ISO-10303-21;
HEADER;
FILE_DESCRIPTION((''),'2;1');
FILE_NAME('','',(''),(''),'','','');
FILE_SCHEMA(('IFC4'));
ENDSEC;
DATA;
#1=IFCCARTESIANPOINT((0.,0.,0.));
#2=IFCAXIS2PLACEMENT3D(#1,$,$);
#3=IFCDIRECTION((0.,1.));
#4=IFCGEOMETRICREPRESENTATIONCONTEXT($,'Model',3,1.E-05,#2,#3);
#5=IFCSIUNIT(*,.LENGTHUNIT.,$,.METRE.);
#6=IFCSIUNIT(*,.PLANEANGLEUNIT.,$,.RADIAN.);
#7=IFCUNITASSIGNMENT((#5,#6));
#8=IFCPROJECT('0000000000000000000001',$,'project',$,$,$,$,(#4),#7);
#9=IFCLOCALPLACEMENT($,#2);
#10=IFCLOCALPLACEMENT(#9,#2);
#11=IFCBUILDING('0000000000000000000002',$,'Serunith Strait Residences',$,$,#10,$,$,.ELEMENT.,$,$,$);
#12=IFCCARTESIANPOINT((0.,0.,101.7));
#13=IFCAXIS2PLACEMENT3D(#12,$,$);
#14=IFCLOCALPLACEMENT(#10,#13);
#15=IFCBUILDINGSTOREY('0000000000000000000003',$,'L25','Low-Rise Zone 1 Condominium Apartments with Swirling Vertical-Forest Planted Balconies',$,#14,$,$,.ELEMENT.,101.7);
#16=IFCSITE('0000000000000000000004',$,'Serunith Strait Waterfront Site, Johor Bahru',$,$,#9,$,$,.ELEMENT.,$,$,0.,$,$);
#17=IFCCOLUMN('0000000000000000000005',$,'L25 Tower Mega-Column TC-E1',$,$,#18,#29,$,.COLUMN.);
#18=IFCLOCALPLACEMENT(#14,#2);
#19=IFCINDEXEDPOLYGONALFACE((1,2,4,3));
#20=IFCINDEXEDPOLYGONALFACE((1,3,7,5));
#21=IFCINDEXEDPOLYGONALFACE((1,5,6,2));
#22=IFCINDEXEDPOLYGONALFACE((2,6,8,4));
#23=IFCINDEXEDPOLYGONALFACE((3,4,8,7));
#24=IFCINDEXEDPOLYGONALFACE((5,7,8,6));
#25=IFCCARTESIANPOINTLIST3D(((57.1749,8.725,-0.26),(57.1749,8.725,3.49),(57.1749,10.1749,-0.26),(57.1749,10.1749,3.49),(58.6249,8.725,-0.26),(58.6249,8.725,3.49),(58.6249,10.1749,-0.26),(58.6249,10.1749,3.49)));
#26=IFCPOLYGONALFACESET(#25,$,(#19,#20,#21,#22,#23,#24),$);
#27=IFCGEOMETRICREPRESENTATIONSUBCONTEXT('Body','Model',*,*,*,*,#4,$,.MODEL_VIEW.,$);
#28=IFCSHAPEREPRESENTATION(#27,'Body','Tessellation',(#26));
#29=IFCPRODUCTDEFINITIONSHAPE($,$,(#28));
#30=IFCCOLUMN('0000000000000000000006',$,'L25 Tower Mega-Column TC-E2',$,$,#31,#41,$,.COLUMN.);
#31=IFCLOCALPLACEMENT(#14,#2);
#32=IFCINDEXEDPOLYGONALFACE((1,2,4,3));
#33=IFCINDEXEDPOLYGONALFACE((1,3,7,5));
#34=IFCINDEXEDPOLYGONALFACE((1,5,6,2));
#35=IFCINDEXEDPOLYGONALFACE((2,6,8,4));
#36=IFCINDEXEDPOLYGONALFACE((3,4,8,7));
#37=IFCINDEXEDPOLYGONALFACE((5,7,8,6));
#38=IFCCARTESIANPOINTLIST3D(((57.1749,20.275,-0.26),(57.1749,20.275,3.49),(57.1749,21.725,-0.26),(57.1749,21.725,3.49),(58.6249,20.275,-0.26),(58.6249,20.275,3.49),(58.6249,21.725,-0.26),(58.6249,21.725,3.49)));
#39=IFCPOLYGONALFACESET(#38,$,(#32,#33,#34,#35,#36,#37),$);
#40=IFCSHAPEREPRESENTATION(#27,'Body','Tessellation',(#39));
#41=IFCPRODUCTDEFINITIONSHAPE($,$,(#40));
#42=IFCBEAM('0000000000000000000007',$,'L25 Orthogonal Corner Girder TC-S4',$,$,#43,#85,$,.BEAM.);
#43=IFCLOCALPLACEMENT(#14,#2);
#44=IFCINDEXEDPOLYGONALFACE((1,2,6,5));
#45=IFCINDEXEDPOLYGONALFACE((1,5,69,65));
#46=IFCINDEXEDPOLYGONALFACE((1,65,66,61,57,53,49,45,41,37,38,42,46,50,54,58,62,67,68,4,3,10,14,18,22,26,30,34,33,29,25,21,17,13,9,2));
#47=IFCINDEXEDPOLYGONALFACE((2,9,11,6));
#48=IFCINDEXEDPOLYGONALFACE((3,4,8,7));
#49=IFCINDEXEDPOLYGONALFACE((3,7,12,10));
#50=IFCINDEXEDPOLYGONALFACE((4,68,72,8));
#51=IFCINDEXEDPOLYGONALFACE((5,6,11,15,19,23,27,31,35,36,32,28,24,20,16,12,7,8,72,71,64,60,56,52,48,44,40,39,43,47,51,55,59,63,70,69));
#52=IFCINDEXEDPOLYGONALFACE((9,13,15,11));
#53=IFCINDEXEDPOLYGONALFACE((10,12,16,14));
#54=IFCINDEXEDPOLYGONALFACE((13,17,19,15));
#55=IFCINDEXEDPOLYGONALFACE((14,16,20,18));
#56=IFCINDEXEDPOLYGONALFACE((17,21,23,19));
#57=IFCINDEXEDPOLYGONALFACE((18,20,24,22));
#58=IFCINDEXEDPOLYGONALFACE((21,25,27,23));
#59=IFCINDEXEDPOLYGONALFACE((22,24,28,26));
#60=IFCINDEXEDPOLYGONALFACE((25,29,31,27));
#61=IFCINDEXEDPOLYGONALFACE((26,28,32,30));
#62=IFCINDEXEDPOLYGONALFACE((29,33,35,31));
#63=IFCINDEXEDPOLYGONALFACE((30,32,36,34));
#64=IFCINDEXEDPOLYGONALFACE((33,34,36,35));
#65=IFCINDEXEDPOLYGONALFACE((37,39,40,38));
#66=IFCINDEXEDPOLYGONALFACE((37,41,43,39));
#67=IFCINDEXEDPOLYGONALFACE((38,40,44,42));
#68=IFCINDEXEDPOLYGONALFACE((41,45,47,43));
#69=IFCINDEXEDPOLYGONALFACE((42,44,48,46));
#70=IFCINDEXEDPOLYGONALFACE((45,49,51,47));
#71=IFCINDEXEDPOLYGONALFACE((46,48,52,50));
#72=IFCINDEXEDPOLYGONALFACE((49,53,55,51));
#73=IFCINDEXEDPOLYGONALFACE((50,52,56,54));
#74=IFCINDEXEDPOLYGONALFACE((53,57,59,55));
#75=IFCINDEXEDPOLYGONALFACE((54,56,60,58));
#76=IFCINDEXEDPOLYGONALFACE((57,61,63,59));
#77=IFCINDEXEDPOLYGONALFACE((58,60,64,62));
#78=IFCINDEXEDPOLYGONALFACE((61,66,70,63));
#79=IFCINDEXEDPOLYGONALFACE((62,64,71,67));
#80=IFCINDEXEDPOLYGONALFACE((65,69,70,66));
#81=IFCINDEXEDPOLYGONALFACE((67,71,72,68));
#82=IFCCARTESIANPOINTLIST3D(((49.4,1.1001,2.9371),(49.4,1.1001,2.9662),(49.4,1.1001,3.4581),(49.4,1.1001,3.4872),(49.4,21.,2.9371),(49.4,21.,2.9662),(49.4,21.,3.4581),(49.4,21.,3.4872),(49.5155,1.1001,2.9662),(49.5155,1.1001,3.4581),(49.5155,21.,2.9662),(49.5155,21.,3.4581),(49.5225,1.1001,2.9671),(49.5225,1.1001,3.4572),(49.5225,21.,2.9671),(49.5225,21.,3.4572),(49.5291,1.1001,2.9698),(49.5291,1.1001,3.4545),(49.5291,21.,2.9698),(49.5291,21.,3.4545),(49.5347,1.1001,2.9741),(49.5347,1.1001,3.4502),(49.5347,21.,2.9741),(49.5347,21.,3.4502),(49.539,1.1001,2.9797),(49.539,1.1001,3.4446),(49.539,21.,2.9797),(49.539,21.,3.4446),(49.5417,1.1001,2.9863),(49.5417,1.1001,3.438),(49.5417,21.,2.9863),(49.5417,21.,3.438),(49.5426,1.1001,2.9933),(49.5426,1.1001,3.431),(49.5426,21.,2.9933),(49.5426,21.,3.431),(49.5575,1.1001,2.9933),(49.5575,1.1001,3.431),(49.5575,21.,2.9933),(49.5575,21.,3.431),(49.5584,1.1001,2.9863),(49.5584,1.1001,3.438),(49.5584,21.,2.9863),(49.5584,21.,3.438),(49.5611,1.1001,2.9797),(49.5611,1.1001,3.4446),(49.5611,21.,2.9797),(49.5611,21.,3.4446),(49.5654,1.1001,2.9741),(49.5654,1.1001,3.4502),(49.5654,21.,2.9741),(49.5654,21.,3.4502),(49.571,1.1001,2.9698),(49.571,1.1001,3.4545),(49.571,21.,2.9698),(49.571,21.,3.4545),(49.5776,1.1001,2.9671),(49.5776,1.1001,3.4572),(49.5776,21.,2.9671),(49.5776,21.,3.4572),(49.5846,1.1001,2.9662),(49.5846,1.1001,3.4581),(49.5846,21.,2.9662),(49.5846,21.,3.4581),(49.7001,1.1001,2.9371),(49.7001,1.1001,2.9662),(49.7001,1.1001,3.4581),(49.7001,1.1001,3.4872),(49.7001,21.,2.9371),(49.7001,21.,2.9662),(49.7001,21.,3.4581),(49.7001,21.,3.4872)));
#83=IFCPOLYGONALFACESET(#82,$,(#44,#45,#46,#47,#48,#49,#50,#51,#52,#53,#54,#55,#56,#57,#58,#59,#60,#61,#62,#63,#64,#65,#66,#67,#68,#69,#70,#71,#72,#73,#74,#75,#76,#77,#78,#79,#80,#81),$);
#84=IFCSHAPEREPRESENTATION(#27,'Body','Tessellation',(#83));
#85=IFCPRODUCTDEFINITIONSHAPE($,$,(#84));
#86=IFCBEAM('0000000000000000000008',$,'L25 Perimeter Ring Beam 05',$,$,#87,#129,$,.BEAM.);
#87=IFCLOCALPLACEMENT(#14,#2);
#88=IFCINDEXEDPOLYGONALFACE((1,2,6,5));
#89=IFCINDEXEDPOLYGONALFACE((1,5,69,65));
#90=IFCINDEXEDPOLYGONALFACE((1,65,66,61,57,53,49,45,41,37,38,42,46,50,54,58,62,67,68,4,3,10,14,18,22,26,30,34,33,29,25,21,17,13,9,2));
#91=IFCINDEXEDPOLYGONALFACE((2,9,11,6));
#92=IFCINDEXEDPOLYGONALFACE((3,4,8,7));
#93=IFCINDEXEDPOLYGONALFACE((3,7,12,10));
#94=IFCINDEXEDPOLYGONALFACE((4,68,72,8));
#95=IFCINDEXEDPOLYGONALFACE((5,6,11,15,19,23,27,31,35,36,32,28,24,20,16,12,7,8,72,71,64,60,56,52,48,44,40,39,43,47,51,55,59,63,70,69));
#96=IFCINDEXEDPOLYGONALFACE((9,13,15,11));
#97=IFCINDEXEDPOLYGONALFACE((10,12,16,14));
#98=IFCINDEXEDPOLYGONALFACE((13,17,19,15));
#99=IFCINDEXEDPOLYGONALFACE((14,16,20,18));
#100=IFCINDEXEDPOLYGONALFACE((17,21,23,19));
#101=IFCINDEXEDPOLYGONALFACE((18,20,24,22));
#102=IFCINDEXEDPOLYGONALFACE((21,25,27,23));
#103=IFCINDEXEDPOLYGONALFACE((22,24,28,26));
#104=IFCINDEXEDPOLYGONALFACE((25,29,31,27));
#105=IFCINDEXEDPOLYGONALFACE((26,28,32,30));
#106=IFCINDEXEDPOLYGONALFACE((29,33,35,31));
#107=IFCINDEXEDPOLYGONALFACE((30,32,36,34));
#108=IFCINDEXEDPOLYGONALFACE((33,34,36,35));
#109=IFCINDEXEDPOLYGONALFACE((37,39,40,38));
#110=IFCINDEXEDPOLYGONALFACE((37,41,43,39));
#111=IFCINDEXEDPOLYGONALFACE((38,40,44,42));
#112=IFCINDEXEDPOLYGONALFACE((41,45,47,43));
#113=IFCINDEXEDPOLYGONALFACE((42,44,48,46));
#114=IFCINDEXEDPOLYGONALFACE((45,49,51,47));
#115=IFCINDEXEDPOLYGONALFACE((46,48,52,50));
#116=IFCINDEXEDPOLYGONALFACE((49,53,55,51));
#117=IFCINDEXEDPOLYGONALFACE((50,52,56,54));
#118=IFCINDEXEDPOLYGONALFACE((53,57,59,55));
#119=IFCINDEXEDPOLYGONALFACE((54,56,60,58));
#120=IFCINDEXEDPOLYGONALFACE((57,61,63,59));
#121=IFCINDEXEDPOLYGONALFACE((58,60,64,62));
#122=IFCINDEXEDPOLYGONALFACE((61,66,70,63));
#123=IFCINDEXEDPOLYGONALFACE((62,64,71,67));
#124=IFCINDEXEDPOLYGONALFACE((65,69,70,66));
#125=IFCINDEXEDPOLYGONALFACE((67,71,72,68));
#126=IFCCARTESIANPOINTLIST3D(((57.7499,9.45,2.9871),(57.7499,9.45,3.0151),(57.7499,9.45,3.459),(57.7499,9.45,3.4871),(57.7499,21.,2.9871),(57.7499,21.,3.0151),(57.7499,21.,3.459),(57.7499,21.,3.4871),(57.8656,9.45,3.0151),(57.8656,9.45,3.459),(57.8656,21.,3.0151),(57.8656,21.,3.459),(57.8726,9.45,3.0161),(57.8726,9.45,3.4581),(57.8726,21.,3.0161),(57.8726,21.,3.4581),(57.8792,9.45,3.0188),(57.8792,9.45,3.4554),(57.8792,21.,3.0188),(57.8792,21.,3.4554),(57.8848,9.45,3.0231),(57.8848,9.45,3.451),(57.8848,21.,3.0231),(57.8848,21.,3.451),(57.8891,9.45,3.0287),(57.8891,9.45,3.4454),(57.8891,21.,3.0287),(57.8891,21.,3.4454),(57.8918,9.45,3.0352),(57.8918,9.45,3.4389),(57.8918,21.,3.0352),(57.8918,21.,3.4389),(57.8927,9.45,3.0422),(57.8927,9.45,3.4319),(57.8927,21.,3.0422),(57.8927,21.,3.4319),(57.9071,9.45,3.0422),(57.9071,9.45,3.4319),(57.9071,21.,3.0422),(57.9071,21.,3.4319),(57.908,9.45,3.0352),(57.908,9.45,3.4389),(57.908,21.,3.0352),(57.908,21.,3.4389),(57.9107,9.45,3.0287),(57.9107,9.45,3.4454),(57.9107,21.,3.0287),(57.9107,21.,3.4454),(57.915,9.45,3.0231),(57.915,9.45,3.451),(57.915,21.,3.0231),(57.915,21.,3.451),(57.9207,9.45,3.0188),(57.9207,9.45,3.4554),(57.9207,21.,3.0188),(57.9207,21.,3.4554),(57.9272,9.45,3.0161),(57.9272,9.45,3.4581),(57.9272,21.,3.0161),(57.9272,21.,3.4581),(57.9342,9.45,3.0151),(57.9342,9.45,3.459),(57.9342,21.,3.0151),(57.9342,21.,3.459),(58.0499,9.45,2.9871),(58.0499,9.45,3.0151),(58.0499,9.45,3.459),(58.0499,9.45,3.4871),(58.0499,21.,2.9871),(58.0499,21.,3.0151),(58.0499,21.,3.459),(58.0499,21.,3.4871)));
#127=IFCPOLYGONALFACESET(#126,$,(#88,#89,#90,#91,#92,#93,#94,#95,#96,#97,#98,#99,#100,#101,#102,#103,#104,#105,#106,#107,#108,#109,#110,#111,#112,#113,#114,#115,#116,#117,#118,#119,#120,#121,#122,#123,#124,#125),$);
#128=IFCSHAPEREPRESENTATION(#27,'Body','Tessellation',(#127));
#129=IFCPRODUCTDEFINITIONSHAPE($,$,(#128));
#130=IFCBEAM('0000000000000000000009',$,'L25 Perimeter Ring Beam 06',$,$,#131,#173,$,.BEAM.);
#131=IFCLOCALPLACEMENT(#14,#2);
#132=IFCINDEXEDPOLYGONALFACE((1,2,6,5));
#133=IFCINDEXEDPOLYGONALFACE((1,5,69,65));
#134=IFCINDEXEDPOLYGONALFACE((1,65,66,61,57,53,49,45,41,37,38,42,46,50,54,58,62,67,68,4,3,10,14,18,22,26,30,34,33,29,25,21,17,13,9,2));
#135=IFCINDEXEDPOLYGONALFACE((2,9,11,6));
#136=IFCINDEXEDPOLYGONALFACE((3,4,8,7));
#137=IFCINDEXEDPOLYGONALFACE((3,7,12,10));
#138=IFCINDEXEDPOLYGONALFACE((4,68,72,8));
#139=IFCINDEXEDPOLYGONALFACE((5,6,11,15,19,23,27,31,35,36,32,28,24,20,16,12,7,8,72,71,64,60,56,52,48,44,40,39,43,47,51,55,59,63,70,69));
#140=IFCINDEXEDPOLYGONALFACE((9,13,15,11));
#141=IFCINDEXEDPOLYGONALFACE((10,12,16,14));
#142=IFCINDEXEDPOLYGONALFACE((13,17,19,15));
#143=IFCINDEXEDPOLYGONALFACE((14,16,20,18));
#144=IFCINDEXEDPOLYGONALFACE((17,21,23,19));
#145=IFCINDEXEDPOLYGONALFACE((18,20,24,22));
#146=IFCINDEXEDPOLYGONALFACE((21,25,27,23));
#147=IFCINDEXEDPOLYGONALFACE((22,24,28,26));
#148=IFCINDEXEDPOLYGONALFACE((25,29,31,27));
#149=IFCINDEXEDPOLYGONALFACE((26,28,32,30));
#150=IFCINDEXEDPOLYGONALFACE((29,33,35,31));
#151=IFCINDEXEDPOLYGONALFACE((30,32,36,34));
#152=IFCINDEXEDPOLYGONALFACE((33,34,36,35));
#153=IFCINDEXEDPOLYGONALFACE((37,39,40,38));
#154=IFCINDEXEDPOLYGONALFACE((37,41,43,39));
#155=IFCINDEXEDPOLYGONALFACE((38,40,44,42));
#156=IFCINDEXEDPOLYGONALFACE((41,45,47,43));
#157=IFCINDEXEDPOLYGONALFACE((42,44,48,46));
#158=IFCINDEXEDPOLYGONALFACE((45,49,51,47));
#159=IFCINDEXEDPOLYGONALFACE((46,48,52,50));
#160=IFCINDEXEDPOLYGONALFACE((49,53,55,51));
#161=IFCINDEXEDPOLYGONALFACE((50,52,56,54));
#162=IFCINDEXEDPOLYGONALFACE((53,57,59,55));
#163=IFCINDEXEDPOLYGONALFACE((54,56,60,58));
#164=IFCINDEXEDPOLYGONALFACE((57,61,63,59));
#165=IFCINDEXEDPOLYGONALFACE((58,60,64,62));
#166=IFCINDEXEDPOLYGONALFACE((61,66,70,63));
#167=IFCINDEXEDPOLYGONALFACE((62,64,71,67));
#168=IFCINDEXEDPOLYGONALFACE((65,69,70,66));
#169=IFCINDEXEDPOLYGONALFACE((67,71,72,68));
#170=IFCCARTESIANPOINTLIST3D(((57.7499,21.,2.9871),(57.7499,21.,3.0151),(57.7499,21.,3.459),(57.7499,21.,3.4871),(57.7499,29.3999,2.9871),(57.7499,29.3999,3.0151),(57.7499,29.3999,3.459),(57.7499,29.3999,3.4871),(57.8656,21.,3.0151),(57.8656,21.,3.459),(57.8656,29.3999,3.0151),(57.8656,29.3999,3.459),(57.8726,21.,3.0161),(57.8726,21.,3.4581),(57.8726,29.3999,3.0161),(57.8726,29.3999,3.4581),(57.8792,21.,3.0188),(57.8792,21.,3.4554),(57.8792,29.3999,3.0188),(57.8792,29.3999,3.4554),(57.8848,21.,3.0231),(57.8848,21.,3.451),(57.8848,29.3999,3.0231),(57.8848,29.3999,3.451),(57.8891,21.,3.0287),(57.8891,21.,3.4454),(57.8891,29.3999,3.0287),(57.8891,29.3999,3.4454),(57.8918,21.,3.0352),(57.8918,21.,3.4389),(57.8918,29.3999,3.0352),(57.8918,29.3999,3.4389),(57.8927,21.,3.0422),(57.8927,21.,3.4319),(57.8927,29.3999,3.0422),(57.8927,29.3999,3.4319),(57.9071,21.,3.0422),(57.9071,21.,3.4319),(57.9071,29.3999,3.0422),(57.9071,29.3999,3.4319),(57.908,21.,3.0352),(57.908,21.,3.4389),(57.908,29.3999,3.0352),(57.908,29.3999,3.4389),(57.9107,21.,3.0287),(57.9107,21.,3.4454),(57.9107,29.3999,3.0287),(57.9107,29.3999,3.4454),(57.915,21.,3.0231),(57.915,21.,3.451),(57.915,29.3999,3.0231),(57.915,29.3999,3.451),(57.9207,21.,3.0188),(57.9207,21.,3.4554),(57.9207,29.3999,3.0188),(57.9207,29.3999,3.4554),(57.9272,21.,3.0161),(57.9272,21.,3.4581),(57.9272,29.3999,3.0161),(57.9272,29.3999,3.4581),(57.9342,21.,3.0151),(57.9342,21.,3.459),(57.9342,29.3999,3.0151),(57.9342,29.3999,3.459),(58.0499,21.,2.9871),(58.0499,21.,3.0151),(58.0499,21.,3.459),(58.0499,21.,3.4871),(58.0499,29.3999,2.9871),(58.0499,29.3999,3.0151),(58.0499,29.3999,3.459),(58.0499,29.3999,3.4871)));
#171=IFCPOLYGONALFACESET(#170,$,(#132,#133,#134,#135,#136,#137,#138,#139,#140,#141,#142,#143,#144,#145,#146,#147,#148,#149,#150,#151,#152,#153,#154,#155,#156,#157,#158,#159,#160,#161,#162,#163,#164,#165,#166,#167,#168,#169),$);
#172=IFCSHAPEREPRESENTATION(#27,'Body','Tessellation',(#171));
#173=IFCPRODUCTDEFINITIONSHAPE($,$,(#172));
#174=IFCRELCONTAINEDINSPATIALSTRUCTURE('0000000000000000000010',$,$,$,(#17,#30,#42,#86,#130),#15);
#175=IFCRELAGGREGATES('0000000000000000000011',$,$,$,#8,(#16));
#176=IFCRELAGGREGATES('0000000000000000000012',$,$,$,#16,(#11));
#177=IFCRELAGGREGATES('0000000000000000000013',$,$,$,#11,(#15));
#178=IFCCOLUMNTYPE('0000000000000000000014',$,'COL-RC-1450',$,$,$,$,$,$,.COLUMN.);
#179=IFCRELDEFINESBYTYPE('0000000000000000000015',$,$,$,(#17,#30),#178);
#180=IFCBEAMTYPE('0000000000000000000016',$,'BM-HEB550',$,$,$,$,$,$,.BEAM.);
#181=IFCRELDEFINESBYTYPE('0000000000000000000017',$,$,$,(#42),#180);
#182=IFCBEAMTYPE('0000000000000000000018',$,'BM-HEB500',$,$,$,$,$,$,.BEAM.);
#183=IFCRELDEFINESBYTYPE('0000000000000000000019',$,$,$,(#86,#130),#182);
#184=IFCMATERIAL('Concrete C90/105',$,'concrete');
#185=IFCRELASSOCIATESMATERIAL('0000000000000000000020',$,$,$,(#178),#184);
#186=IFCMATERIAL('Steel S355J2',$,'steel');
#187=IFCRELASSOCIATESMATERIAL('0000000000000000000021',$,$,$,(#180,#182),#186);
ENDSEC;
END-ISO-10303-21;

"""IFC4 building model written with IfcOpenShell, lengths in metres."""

from ifc_helpers import new_model, si_unit, direction, frame, origin, origin_2d, place, context, subcontext, project, spatial, rectangle, i_section, extrude, source, transform, mapped, material, material_profile, profile_set, type_object, element, save


model = new_model("IFC4")

# Units and contexts
model_context = context("Model", 3, precision=1e-05, world=origin(), true_north=direction((0.0, 1.0)))
body_context = subcontext(model_context, "Body", "Model", "MODEL_VIEW")
ifc_project = project(units=[si_unit("LENGTHUNIT", "METRE"), si_unit("PLANEANGLEUNIT", "RADIAN")], contexts=[model_context])

# Site, building, storey
site_placement = place(None, origin())
site = spatial("IfcSite", under=ifc_project, at=site_placement, Name="Serunith Strait Waterfront Site, Johor Bahru", CompositionType="ELEMENT", RefElevation=0.0)
building_placement = place(site_placement, origin())
building = spatial("IfcBuilding", under=site, at=building_placement, Name="Serunith Strait Residences", CompositionType="ELEMENT")
storey_placement = place(building_placement, frame((0.0, 0.0, 101.7)))
storey = spatial("IfcBuildingStorey", under=building, at=storey_placement, Name="L25", Description="Low-Rise Zone 1 Condominium Apartments with Swirling Vertical-Forest Planted Balconies", CompositionType="ELEMENT", Elevation=101.7)

# Columns
ifc_material_1 = material(Name="Concrete C90/105", Category="concrete")
ifc_material_profile_1 = material_profile(ifc_material_1, rectangle(XDim=1.45, YDim=1.45, at=origin_2d()), Name="RC 1450x1450")
ifc_profile_set_1 = profile_set([ifc_material_profile_1], Name="Concrete C90/105")
column_type = type_object("IfcColumnType", Name="COL-RC-1450", PredefinedType="COLUMN", material=ifc_profile_set_1)
shared_shape_1 = source(origin(), body_context, "Body", "SweptSolid", [
    extrude(rectangle(XDim=1.45, YDim=1.45, at=origin_2d()), origin(), (0.0, 0.0, 1.0), 3.75),
])
for number, where, z_axis, x_axis, name in (
    (1, (57.8999, 9.45, -0.26), (0.0, 0.0, 1.0), (1.0, 0.0, 0.0), "L25 Tower Mega-Column TC-E1"),
    (2, (57.8999, 21.0, -0.26), (0.0, 0.0, 1.0), (1.0, 0.0, 0.0), "L25 Tower Mega-Column TC-E2"),
):
    element("IfcColumn", number, at=place(storey_placement, frame(where, z_axis=z_axis, x_axis=x_axis)), inside=storey, type_object=column_type, Name=name, PredefinedType="COLUMN", context=body_context, shape_type="MappedRepresentation", body=[
        mapped(shared_shape_1, transform((0.0, 0.0, 0.0), scale=1.0)),
    ])

# Beams
ifc_material_2 = material(Name="Steel S355J2", Category="steel")
ifc_material_profile_2 = material_profile(ifc_material_2, i_section(OverallWidth=0.3, OverallDepth=0.55, WebThickness=0.0149, FlangeThickness=0.0291, FilletRadius=0.0271, at=origin_2d()), Name="HEB 550")
ifc_profile_set_2 = profile_set([ifc_material_profile_2], Name="Steel S355J2")
beam_type_1 = type_object("IfcBeamType", Name="BM-HEB550", PredefinedType="BEAM", material=ifc_profile_set_2)
shared_shape_2 = source(origin(), body_context, "Body", "SweptSolid", [
    extrude(i_section(OverallWidth=0.3, OverallDepth=0.55, WebThickness=0.0149, FlangeThickness=0.0291, FilletRadius=0.0271, at=origin_2d()), origin(), (0.0, 0.0, 1.0), 19.8999),
])
beam_1_placement = place(storey_placement, frame((49.55, 21.0, 3.2122), z_axis=(0.0, -1.0, 0.0), x_axis=(1.0, 0.0, 0.0)))
element("IfcBeam", 3, at=beam_1_placement, inside=storey, type_object=beam_type_1, Name="L25 Orthogonal Corner Girder TC-S4", PredefinedType="BEAM", context=body_context, shape_type="MappedRepresentation", body=[
    mapped(shared_shape_2, transform((0.0, 0.0, 0.0), scale=1.0)),
])
ifc_material_profile_3 = material_profile(ifc_material_2, i_section(OverallWidth=0.3, OverallDepth=0.5, WebThickness=0.0144, FlangeThickness=0.0281, FilletRadius=0.0271, at=origin_2d()), Name="HEB 500")
ifc_profile_set_3 = profile_set([ifc_material_profile_3], Name="Steel S355J2")
beam_type_2 = type_object("IfcBeamType", Name="BM-HEB500", PredefinedType="BEAM", material=ifc_profile_set_3)
shared_shape_3 = source(origin(), body_context, "Body", "SweptSolid", [
    extrude(i_section(OverallWidth=0.3, OverallDepth=0.5, WebThickness=0.0144, FlangeThickness=0.0281, FilletRadius=0.0271, at=origin_2d()), origin(), (0.0, 0.0, 1.0), 11.55),
])
beam_2_placement = place(storey_placement, frame((57.8999, 9.45, 3.2371), z_axis=(0.0, 1.0, 0.0), x_axis=(-1.0, 0.0, 0.0)))
element("IfcBeam", 4, at=beam_2_placement, inside=storey, type_object=beam_type_2, Name="L25 Perimeter Ring Beam 05", PredefinedType="BEAM", context=body_context, shape_type="MappedRepresentation", body=[
    mapped(shared_shape_3, transform((0.0, 0.0, 0.0), scale=1.0)),
])
shared_shape_4 = source(origin(), body_context, "Body", "SweptSolid", [
    extrude(i_section(OverallWidth=0.3, OverallDepth=0.5, WebThickness=0.0144, FlangeThickness=0.0281, FilletRadius=0.0271, at=origin_2d()), origin(), (0.0, 0.0, 1.0), 8.3999),
])
beam_3_placement = place(storey_placement, frame((57.8999, 21.0, 3.2371), z_axis=(0.0, 1.0, 0.0), x_axis=(-1.0, 0.0, 0.0)))
element("IfcBeam", 5, at=beam_3_placement, inside=storey, type_object=beam_type_2, Name="L25 Perimeter Ring Beam 06", PredefinedType="BEAM", context=body_context, shape_type="MappedRepresentation", body=[
    mapped(shared_shape_4, transform((0.0, 0.0, 0.0), scale=1.0)),
])

save(model, "model.ifc")
